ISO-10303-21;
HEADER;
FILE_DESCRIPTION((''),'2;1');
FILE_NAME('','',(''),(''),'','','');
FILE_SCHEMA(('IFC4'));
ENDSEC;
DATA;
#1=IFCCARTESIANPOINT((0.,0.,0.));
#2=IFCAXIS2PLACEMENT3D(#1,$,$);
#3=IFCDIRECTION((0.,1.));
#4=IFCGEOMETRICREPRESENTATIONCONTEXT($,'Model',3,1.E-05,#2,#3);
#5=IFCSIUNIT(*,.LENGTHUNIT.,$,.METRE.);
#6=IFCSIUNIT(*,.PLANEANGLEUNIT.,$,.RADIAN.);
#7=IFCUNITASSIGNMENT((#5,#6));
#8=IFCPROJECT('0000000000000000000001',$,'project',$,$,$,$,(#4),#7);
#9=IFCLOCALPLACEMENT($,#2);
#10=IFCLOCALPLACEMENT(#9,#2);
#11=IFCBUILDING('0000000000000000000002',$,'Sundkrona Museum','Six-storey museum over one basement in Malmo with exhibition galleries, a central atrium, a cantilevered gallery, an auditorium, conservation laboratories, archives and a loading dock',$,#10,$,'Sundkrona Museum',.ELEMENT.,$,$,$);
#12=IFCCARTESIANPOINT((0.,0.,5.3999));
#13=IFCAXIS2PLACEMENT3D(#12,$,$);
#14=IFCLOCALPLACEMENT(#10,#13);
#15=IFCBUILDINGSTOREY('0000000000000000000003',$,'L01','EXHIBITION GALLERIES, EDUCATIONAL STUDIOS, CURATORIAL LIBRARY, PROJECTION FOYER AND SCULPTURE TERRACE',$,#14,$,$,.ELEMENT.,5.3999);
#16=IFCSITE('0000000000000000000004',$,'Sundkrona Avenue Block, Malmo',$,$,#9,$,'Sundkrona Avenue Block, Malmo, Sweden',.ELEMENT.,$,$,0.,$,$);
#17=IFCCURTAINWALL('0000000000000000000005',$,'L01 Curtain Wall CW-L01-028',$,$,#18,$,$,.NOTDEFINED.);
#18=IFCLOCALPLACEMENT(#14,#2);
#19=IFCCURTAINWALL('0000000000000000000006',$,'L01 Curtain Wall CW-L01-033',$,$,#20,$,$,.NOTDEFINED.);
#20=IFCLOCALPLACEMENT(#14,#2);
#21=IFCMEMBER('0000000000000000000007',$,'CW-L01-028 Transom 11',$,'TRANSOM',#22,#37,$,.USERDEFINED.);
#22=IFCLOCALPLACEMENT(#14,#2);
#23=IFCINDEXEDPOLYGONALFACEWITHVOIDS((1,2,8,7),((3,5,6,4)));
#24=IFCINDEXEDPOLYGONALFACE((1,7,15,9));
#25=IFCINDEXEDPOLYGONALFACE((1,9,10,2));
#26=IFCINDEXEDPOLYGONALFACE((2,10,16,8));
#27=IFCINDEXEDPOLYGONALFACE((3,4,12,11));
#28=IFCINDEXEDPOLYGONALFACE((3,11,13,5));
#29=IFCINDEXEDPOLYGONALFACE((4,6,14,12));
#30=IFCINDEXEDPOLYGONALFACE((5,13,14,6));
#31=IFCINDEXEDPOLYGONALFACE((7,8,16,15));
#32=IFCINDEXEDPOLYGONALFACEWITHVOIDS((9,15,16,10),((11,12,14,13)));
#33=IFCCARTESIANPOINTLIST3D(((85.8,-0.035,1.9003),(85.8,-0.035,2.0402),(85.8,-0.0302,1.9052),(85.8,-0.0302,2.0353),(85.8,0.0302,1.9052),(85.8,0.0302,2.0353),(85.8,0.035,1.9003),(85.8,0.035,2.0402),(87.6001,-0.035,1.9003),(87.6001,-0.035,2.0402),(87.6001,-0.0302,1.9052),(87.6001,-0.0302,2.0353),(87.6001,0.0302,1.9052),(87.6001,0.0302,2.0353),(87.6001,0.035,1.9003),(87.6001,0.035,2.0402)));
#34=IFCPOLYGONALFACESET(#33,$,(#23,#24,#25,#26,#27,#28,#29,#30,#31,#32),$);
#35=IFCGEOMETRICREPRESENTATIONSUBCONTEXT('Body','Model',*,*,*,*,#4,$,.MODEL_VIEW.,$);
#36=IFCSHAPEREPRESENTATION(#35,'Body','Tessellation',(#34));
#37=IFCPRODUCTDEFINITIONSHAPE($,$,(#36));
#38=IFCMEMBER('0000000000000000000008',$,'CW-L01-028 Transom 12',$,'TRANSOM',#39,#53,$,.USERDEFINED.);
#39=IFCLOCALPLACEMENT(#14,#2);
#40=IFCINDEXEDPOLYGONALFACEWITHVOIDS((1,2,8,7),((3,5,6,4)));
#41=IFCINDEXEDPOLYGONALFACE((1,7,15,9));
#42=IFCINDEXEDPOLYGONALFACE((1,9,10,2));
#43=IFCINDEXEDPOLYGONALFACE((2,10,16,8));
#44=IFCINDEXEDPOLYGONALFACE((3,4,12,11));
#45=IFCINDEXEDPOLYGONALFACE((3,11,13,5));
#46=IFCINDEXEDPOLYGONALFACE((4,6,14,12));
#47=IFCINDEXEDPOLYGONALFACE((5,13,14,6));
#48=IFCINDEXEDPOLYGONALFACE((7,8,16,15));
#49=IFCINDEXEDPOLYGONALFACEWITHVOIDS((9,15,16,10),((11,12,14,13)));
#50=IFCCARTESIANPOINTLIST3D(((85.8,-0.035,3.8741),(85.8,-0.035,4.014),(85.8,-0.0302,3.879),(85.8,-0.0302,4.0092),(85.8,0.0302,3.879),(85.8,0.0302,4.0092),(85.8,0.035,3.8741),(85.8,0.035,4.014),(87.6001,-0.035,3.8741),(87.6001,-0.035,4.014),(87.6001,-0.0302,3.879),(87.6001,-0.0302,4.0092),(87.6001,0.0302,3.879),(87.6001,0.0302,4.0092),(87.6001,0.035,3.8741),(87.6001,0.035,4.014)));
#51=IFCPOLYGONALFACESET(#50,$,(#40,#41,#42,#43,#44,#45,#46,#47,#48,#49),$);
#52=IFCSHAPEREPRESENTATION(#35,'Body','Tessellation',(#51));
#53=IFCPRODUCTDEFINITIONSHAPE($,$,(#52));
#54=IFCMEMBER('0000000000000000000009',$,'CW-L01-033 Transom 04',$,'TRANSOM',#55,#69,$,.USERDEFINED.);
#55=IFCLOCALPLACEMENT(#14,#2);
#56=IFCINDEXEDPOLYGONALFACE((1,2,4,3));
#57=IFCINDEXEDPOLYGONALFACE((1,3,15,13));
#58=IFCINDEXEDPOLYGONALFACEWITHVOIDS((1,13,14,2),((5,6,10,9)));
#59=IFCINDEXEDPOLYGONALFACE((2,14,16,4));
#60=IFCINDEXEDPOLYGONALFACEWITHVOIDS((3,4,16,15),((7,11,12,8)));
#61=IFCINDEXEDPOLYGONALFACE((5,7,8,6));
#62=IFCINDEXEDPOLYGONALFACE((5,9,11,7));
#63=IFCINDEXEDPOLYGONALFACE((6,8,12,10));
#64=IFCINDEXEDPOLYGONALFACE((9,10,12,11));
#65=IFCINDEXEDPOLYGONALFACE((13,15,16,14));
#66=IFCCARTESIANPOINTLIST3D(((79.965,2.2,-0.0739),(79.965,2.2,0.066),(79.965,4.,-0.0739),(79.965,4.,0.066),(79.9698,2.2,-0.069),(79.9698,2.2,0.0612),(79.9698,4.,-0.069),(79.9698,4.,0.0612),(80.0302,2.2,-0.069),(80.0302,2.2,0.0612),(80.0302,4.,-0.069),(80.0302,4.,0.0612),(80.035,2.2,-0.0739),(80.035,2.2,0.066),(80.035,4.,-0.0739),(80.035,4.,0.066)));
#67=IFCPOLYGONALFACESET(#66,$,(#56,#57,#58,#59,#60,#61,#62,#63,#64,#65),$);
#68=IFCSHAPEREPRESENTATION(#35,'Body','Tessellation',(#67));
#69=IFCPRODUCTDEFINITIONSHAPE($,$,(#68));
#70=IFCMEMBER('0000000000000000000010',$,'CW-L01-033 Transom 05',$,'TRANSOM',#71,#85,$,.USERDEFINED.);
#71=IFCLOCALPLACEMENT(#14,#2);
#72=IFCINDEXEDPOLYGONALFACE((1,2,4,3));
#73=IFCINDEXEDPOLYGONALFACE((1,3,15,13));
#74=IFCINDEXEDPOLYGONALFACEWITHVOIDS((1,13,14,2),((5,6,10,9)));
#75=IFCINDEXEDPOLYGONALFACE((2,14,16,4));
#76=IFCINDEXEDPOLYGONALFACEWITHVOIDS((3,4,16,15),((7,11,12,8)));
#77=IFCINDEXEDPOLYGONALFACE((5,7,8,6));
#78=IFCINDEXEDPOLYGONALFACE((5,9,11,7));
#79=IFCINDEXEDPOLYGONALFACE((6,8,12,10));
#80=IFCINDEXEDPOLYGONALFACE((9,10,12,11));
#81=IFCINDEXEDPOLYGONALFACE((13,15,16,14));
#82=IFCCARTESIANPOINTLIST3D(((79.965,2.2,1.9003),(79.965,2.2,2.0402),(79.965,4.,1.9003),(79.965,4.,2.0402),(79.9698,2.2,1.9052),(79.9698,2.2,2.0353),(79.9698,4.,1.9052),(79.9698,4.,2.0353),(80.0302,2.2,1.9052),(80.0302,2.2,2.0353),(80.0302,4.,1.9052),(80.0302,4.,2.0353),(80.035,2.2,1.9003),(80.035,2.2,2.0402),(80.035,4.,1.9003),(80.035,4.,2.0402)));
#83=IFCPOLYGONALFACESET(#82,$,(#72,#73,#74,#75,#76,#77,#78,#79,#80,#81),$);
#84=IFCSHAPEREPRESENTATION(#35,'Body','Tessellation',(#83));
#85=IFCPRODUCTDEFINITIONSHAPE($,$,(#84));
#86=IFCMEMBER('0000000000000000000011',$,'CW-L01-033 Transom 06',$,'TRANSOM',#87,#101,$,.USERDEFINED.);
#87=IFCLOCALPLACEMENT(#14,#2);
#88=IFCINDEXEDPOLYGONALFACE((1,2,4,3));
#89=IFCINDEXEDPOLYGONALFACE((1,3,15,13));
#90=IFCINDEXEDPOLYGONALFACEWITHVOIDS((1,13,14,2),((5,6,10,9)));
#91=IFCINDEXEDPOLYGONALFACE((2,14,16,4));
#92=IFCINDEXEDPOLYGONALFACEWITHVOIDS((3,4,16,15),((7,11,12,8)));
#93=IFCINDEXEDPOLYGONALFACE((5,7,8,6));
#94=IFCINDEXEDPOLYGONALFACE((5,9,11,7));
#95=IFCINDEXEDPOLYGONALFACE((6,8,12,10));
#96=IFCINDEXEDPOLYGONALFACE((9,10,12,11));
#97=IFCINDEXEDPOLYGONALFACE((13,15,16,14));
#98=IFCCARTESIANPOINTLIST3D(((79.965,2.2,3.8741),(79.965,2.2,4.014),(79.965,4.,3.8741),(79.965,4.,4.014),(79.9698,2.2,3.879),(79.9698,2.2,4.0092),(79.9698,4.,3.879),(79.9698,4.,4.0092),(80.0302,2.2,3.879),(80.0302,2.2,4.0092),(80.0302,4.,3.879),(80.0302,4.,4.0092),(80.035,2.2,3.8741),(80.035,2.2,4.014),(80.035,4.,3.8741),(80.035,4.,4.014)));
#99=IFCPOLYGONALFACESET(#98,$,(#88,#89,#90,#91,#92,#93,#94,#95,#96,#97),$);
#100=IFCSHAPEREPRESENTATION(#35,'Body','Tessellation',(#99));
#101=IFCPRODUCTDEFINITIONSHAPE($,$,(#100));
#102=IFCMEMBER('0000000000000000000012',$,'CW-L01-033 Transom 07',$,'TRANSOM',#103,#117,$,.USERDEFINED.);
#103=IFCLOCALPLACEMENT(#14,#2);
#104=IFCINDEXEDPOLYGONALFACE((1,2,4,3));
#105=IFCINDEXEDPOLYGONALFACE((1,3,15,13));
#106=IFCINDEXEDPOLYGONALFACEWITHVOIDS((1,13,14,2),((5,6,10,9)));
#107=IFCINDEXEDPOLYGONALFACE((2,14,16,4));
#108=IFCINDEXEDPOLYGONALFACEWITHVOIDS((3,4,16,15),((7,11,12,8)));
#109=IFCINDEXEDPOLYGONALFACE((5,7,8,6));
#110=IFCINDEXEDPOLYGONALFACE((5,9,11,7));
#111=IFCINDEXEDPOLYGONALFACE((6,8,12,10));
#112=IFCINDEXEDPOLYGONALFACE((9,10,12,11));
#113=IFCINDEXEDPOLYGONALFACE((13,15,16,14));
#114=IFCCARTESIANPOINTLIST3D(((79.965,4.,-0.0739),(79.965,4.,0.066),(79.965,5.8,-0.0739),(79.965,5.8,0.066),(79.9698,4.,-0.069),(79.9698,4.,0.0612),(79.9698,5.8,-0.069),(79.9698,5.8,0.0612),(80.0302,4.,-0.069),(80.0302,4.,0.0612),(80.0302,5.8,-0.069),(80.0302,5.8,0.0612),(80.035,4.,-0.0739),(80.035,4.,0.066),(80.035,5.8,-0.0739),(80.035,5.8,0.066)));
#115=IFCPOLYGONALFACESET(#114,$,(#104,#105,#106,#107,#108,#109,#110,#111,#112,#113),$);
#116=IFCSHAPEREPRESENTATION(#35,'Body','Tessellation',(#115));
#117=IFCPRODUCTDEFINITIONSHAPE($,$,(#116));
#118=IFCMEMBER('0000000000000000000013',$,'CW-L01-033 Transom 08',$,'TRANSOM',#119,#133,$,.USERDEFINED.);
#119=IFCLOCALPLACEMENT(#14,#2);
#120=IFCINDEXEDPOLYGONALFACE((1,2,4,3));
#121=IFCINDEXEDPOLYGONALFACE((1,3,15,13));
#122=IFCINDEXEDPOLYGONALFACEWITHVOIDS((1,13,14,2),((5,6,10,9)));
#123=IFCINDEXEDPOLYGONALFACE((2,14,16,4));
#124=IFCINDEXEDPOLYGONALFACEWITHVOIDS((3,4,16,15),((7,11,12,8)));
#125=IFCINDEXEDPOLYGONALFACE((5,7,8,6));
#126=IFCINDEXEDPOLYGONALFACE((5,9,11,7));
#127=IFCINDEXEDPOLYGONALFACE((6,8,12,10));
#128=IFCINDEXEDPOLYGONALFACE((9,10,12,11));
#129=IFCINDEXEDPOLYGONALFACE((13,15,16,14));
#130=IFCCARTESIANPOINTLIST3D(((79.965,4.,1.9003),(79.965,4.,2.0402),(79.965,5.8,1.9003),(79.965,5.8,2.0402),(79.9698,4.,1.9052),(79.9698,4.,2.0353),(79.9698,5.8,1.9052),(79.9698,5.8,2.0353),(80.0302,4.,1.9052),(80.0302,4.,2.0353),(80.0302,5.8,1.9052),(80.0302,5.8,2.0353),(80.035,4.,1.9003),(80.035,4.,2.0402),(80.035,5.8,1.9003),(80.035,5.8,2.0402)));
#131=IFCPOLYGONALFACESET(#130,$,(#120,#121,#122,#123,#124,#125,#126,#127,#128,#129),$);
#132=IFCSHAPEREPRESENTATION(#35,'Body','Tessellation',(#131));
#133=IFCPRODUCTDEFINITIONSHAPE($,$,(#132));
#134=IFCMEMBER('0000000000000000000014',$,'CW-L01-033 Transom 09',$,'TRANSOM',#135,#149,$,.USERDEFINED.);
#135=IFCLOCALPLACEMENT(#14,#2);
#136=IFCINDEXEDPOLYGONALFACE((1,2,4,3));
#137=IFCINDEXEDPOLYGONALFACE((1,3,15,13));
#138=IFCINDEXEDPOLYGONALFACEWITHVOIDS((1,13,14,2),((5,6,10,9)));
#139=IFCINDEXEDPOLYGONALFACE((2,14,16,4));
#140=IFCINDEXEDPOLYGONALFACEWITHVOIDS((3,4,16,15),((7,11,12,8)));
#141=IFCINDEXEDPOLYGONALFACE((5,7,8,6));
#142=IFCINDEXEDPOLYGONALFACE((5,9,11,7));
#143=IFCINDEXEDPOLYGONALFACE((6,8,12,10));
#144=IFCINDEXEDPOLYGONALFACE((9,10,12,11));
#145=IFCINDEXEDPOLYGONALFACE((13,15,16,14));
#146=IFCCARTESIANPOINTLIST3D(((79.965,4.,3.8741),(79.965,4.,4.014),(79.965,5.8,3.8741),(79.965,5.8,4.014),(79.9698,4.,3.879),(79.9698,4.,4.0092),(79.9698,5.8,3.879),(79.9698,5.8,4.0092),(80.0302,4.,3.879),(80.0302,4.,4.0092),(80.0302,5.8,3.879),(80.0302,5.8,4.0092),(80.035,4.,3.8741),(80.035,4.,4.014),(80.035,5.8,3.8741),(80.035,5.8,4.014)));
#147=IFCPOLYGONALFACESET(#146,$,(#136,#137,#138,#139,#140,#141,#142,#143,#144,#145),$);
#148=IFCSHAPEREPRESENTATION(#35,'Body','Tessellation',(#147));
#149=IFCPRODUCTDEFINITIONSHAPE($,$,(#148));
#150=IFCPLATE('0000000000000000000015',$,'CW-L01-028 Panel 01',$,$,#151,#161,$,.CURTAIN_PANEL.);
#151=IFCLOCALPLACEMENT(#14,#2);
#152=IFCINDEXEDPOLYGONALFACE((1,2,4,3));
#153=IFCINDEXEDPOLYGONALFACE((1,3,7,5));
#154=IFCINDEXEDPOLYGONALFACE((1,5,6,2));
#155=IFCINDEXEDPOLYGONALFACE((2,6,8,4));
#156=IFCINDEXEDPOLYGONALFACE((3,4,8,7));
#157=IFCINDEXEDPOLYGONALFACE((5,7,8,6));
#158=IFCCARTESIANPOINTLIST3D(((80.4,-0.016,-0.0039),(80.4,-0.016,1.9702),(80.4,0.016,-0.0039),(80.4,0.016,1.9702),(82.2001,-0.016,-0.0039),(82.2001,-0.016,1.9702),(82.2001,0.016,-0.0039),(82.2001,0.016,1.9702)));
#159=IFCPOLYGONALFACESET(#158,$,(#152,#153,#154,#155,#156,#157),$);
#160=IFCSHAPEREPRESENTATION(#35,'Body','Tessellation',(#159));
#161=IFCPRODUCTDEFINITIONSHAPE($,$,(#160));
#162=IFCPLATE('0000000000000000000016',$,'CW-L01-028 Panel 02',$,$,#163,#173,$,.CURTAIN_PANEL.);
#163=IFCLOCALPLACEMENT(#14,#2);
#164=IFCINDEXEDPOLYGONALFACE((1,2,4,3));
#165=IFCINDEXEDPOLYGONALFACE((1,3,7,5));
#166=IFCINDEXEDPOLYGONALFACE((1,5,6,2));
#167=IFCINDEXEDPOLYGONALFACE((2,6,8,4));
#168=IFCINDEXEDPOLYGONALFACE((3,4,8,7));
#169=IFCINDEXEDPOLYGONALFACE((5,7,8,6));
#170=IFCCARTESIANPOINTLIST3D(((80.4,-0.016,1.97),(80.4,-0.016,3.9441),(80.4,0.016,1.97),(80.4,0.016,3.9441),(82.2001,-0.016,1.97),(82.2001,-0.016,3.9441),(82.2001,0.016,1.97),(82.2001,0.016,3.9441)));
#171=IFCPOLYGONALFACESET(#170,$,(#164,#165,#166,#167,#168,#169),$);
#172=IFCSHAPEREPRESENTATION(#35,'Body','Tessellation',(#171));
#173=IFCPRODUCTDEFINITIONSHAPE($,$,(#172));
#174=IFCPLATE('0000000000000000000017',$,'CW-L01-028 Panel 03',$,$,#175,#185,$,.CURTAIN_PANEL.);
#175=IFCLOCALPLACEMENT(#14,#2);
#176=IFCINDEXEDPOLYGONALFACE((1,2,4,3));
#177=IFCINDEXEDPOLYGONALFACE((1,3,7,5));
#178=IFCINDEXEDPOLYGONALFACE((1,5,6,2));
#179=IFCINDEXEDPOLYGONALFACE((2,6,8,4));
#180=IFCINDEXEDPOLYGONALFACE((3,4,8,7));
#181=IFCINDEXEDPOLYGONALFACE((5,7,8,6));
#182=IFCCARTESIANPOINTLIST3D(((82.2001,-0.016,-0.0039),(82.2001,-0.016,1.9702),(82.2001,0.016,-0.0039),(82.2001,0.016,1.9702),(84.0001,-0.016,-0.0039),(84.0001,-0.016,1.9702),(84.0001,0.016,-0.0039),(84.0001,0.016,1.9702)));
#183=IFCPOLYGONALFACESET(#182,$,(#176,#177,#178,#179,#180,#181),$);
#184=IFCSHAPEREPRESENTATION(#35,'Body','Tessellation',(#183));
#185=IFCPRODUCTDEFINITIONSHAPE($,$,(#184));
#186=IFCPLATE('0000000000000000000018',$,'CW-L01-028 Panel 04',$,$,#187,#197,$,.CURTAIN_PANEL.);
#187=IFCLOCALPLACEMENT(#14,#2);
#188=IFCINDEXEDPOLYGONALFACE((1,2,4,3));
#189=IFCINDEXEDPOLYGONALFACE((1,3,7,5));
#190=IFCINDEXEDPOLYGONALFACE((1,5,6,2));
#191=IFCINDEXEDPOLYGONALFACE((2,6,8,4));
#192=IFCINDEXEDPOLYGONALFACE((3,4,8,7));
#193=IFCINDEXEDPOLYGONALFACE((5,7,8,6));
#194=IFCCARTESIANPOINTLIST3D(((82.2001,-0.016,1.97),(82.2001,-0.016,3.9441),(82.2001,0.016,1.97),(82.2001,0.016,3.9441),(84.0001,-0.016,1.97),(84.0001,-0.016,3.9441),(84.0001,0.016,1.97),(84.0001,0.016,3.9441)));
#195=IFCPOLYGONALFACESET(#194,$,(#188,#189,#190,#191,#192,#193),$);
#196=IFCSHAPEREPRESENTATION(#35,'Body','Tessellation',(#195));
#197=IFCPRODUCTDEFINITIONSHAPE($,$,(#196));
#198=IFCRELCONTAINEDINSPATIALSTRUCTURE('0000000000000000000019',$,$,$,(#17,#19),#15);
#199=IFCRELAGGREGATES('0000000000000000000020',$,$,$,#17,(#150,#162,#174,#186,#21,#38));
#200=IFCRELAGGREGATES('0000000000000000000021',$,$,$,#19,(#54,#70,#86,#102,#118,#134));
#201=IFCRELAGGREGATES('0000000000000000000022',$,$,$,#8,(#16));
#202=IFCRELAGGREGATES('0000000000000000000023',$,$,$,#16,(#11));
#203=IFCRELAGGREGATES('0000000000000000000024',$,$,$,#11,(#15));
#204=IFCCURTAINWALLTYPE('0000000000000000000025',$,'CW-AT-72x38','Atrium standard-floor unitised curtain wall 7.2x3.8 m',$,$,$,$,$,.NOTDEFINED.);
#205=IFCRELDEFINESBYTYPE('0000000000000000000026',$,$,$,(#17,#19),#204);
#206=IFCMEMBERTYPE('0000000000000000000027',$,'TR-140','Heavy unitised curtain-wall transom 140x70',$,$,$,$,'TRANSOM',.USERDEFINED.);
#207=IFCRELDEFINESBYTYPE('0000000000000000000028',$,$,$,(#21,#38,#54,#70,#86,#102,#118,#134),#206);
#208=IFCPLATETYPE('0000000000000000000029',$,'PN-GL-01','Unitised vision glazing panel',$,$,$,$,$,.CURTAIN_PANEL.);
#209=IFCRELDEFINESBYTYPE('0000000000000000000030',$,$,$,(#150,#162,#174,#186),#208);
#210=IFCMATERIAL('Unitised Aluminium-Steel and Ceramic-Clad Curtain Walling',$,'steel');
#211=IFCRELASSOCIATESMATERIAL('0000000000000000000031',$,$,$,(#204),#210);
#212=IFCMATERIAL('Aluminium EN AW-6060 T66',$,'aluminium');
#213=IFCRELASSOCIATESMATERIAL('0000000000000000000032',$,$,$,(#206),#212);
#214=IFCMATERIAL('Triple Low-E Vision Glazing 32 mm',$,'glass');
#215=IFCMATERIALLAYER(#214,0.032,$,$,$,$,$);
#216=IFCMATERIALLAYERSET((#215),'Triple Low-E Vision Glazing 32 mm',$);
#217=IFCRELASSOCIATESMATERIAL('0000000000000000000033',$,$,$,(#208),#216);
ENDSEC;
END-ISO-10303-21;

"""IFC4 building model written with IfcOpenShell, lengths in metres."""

from ifc_helpers import new_model, si_unit, direction, frame, origin, origin_2d, place, context, subcontext, project, spatial, rectangle, hollow_rectangle, extrude, material, layer, layer_set, material_profile, profile_set, type_object, element, aggregate, save


model = new_model("IFC4")

# Units and contexts
model_context = context("Model", 3, precision=1e-05, world=origin(), true_north=direction((0.0, 1.0)))
body_context = subcontext(model_context, "Body", "Model", "MODEL_VIEW")
ifc_project = project(units=[si_unit("LENGTHUNIT", "METRE"), si_unit("PLANEANGLEUNIT", "RADIAN")], contexts=[model_context])

# Site, building, storey
site_placement = place(None, origin())
site = spatial("IfcSite", under=ifc_project, at=site_placement, Name="Sundkrona Avenue Block, Malmo", LongName="Sundkrona Avenue Block, Malmo, Sweden", CompositionType="ELEMENT", RefElevation=0.0)
building_placement = place(site_placement, origin())
building = spatial("IfcBuilding", under=site, at=building_placement, Name="Sundkrona Museum", Description="Six-storey museum over one basement in Malmo with exhibition galleries, a central atrium, a cantilevered gallery, an auditorium, conservation laboratories, archives and a loading dock", LongName="Sundkrona Museum", CompositionType="ELEMENT")
storey_placement = place(building_placement, frame((0.0, 0.0, 5.3999)))
storey = spatial("IfcBuildingStorey", under=building, at=storey_placement, Name="L01", Description="EXHIBITION GALLERIES, EDUCATIONAL STUDIOS, CURATORIAL LIBRARY, PROJECTION FOYER AND SCULPTURE TERRACE", CompositionType="ELEMENT", Elevation=5.3999)

# Curtain walls
ifc_material_1 = material(Name="Unitised Aluminium-Steel and Ceramic-Clad Curtain Walling", Category="steel")
curtain_wall_type = type_object("IfcCurtainWallType", Name="CW-AT-72x38", Description="Atrium standard-floor unitised curtain wall 7.2x3.8 m", PredefinedType="NOTDEFINED", material=ifc_material_1)
curtain_wall_1_placement = place(storey_placement, origin())
curtain_wall_1 = element("IfcCurtainWall", 1, at=curtain_wall_1_placement, inside=storey, type_object=curtain_wall_type, Name="L01 Curtain Wall CW-L01-028", PredefinedType="NOTDEFINED")
ifc_material_2 = material(Name="Aluminium EN AW-6060 T66", Category="aluminium")
curtain_wall_2_placement = place(storey_placement, origin())
curtain_wall_2 = element("IfcCurtainWall", 2, at=curtain_wall_2_placement, inside=storey, type_object=curtain_wall_type, Name="L01 Curtain Wall CW-L01-033", PredefinedType="NOTDEFINED")

# Members
ifc_material_profile_1 = material_profile(ifc_material_2, hollow_rectangle(XDim=0.0701, YDim=0.1399, WallThickness=0.0049, at=origin_2d()), Name="RHS 140x70x5.0")
ifc_profile_set_1 = profile_set([ifc_material_profile_1], Name="Aluminium EN AW-6060 T66")
member_type_1 = type_object("IfcMemberType", Name="TR-140", Description="Heavy unitised curtain-wall transom 140x70", ElementType="TRANSOM", PredefinedType="USERDEFINED", material=ifc_profile_set_1)
member_1_placement = place(storey_placement, frame((85.8, 0.0, 1.9702), z_axis=(1.0, 0.0, 0.0), x_axis=(0.0, 1.0, 0.0)))
member_1 = element("IfcMember", 3, at=member_1_placement, type_object=member_type_1, Name="CW-L01-028 Transom 11", ObjectType="TRANSOM", PredefinedType="USERDEFINED", context=body_context, shape_type="SweptSolid", body=[
    extrude(hollow_rectangle(XDim=0.0701, YDim=0.1399, WallThickness=0.0049, at=origin_2d()), origin(), (0.0, 0.0, 1.0), 1.8),
])
member_2_placement = place(storey_placement, frame((85.8, 0.0, 3.9441), z_axis=(1.0, 0.0, 0.0), x_axis=(0.0, 1.0, 0.0)))
member_2 = element("IfcMember", 4, at=member_2_placement, type_object=member_type_1, Name="CW-L01-028 Transom 12", ObjectType="TRANSOM", PredefinedType="USERDEFINED", context=body_context, shape_type="SweptSolid", body=[
    extrude(hollow_rectangle(XDim=0.0701, YDim=0.1399, WallThickness=0.0049, at=origin_2d()), origin(), (0.0, 0.0, 1.0), 1.8),
])
member_3_placement = place(storey_placement, frame((80.0, 2.2, -0.0039), z_axis=(0.0, 1.0, 0.0), x_axis=(-1.0, 0.0, 0.0)))
member_3 = element("IfcMember", 5, at=member_3_placement, type_object=member_type_1, Name="CW-L01-033 Transom 04", ObjectType="TRANSOM", PredefinedType="USERDEFINED", context=body_context, shape_type="SweptSolid", body=[
    extrude(hollow_rectangle(XDim=0.0701, YDim=0.1399, WallThickness=0.0049, at=origin_2d()), origin(), (0.0, 0.0, 1.0), 1.8),
])
member_4_placement = place(storey_placement, frame((80.0, 2.2, 1.9702), z_axis=(0.0, 1.0, 0.0), x_axis=(-1.0, 0.0, 0.0)))
member_4 = element("IfcMember", 6, at=member_4_placement, type_object=member_type_1, Name="CW-L01-033 Transom 05", ObjectType="TRANSOM", PredefinedType="USERDEFINED", context=body_context, shape_type="SweptSolid", body=[
    extrude(hollow_rectangle(XDim=0.0701, YDim=0.1399, WallThickness=0.0049, at=origin_2d()), origin(), (0.0, 0.0, 1.0), 1.8),
])
member_5_placement = place(storey_placement, frame((80.0, 2.2, 3.9441), z_axis=(0.0, 1.0, 0.0), x_axis=(-1.0, 0.0, 0.0)))
member_5 = element("IfcMember", 7, at=member_5_placement, type_object=member_type_1, Name="CW-L01-033 Transom 06", ObjectType="TRANSOM", PredefinedType="USERDEFINED", context=body_context, shape_type="SweptSolid", body=[
    extrude(hollow_rectangle(XDim=0.0701, YDim=0.1399, WallThickness=0.0049, at=origin_2d()), origin(), (0.0, 0.0, 1.0), 1.8),
])
member_6_placement = place(storey_placement, frame((80.0, 4.0, -0.0039), z_axis=(0.0, 1.0, 0.0), x_axis=(-1.0, 0.0, 0.0)))
member_6 = element("IfcMember", 8, at=member_6_placement, type_object=member_type_1, Name="CW-L01-033 Transom 07", ObjectType="TRANSOM", PredefinedType="USERDEFINED", context=body_context, shape_type="SweptSolid", body=[
    extrude(hollow_rectangle(XDim=0.0701, YDim=0.1399, WallThickness=0.0049, at=origin_2d()), origin(), (0.0, 0.0, 1.0), 1.8),
])
member_7_placement = place(storey_placement, frame((80.0, 4.0, 1.9702), z_axis=(0.0, 1.0, 0.0), x_axis=(-1.0, 0.0, 0.0)))
member_7 = element("IfcMember", 9, at=member_7_placement, type_object=member_type_1, Name="CW-L01-033 Transom 08", ObjectType="TRANSOM", PredefinedType="USERDEFINED", context=body_context, shape_type="SweptSolid", body=[
    extrude(hollow_rectangle(XDim=0.0701, YDim=0.1399, WallThickness=0.0049, at=origin_2d()), origin(), (0.0, 0.0, 1.0), 1.8),
])
member_8_placement = place(storey_placement, frame((80.0, 4.0, 3.9441), z_axis=(0.0, 1.0, 0.0), x_axis=(-1.0, 0.0, 0.0)))
member_8 = element("IfcMember", 10, at=member_8_placement, type_object=member_type_1, Name="CW-L01-033 Transom 09", ObjectType="TRANSOM", PredefinedType="USERDEFINED", context=body_context, shape_type="SweptSolid", body=[
    extrude(hollow_rectangle(XDim=0.0701, YDim=0.1399, WallThickness=0.0049, at=origin_2d()), origin(), (0.0, 0.0, 1.0), 1.8),
])

# Plates
ifc_material_3 = material(Name="Triple Low-E Vision Glazing 32 mm", Category="glass")
ifc_layer = layer(ifc_material_3, 0.032)
ifc_layer_set = layer_set([ifc_layer], Name="Triple Low-E Vision Glazing 32 mm")
plate_type = type_object("IfcPlateType", Name="PN-GL-01", Description="Unitised vision glazing panel", PredefinedType="CURTAIN_PANEL", material=ifc_layer_set)
plate_1_placement = place(storey_placement, frame((81.3, 0.0, -0.0039), z_axis=(0.0, 0.0, 1.0), x_axis=(1.0, 0.0, 0.0)))
plate_1 = element("IfcPlate", 11, at=plate_1_placement, type_object=plate_type, Name="CW-L01-028 Panel 01", PredefinedType="CURTAIN_PANEL", context=body_context, shape_type="SweptSolid", body=[
    extrude(rectangle(XDim=1.8, YDim=0.032, at=origin_2d()), origin(), (0.0, 0.0, 1.0), 1.9741),
])
plate_2_placement = place(storey_placement, frame((81.3, 0.0, 1.97), z_axis=(0.0, 0.0, 1.0), x_axis=(1.0, 0.0, 0.0)))
plate_2 = element("IfcPlate", 12, at=plate_2_placement, type_object=plate_type, Name="CW-L01-028 Panel 02", PredefinedType="CURTAIN_PANEL", context=body_context, shape_type="SweptSolid", body=[
    extrude(rectangle(XDim=1.8, YDim=0.032, at=origin_2d()), origin(), (0.0, 0.0, 1.0), 1.9741),
])
plate_3_placement = place(storey_placement, frame((83.1001, 0.0, -0.0039), z_axis=(0.0, 0.0, 1.0), x_axis=(1.0, 0.0, 0.0)))
plate_3 = element("IfcPlate", 13, at=plate_3_placement, type_object=plate_type, Name="CW-L01-028 Panel 03", PredefinedType="CURTAIN_PANEL", context=body_context, shape_type="SweptSolid", body=[
    extrude(rectangle(XDim=1.8, YDim=0.032, at=origin_2d()), origin(), (0.0, 0.0, 1.0), 1.9741),
])
plate_4_placement = place(storey_placement, frame((83.1001, 0.0, 1.97), z_axis=(0.0, 0.0, 1.0), x_axis=(1.0, 0.0, 0.0)))
plate_4 = element("IfcPlate", 14, at=plate_4_placement, type_object=plate_type, Name="CW-L01-028 Panel 04", PredefinedType="CURTAIN_PANEL", context=body_context, shape_type="SweptSolid", body=[
    extrude(rectangle(XDim=1.8, YDim=0.032, at=origin_2d()), origin(), (0.0, 0.0, 1.0), 1.9741),
])
aggregate(curtain_wall_1, [plate_1, plate_2, plate_3, plate_4, member_1, member_2])
aggregate(curtain_wall_2, [member_3, member_4, member_5, member_6, member_7, member_8])

save(model, "model.ifc")
